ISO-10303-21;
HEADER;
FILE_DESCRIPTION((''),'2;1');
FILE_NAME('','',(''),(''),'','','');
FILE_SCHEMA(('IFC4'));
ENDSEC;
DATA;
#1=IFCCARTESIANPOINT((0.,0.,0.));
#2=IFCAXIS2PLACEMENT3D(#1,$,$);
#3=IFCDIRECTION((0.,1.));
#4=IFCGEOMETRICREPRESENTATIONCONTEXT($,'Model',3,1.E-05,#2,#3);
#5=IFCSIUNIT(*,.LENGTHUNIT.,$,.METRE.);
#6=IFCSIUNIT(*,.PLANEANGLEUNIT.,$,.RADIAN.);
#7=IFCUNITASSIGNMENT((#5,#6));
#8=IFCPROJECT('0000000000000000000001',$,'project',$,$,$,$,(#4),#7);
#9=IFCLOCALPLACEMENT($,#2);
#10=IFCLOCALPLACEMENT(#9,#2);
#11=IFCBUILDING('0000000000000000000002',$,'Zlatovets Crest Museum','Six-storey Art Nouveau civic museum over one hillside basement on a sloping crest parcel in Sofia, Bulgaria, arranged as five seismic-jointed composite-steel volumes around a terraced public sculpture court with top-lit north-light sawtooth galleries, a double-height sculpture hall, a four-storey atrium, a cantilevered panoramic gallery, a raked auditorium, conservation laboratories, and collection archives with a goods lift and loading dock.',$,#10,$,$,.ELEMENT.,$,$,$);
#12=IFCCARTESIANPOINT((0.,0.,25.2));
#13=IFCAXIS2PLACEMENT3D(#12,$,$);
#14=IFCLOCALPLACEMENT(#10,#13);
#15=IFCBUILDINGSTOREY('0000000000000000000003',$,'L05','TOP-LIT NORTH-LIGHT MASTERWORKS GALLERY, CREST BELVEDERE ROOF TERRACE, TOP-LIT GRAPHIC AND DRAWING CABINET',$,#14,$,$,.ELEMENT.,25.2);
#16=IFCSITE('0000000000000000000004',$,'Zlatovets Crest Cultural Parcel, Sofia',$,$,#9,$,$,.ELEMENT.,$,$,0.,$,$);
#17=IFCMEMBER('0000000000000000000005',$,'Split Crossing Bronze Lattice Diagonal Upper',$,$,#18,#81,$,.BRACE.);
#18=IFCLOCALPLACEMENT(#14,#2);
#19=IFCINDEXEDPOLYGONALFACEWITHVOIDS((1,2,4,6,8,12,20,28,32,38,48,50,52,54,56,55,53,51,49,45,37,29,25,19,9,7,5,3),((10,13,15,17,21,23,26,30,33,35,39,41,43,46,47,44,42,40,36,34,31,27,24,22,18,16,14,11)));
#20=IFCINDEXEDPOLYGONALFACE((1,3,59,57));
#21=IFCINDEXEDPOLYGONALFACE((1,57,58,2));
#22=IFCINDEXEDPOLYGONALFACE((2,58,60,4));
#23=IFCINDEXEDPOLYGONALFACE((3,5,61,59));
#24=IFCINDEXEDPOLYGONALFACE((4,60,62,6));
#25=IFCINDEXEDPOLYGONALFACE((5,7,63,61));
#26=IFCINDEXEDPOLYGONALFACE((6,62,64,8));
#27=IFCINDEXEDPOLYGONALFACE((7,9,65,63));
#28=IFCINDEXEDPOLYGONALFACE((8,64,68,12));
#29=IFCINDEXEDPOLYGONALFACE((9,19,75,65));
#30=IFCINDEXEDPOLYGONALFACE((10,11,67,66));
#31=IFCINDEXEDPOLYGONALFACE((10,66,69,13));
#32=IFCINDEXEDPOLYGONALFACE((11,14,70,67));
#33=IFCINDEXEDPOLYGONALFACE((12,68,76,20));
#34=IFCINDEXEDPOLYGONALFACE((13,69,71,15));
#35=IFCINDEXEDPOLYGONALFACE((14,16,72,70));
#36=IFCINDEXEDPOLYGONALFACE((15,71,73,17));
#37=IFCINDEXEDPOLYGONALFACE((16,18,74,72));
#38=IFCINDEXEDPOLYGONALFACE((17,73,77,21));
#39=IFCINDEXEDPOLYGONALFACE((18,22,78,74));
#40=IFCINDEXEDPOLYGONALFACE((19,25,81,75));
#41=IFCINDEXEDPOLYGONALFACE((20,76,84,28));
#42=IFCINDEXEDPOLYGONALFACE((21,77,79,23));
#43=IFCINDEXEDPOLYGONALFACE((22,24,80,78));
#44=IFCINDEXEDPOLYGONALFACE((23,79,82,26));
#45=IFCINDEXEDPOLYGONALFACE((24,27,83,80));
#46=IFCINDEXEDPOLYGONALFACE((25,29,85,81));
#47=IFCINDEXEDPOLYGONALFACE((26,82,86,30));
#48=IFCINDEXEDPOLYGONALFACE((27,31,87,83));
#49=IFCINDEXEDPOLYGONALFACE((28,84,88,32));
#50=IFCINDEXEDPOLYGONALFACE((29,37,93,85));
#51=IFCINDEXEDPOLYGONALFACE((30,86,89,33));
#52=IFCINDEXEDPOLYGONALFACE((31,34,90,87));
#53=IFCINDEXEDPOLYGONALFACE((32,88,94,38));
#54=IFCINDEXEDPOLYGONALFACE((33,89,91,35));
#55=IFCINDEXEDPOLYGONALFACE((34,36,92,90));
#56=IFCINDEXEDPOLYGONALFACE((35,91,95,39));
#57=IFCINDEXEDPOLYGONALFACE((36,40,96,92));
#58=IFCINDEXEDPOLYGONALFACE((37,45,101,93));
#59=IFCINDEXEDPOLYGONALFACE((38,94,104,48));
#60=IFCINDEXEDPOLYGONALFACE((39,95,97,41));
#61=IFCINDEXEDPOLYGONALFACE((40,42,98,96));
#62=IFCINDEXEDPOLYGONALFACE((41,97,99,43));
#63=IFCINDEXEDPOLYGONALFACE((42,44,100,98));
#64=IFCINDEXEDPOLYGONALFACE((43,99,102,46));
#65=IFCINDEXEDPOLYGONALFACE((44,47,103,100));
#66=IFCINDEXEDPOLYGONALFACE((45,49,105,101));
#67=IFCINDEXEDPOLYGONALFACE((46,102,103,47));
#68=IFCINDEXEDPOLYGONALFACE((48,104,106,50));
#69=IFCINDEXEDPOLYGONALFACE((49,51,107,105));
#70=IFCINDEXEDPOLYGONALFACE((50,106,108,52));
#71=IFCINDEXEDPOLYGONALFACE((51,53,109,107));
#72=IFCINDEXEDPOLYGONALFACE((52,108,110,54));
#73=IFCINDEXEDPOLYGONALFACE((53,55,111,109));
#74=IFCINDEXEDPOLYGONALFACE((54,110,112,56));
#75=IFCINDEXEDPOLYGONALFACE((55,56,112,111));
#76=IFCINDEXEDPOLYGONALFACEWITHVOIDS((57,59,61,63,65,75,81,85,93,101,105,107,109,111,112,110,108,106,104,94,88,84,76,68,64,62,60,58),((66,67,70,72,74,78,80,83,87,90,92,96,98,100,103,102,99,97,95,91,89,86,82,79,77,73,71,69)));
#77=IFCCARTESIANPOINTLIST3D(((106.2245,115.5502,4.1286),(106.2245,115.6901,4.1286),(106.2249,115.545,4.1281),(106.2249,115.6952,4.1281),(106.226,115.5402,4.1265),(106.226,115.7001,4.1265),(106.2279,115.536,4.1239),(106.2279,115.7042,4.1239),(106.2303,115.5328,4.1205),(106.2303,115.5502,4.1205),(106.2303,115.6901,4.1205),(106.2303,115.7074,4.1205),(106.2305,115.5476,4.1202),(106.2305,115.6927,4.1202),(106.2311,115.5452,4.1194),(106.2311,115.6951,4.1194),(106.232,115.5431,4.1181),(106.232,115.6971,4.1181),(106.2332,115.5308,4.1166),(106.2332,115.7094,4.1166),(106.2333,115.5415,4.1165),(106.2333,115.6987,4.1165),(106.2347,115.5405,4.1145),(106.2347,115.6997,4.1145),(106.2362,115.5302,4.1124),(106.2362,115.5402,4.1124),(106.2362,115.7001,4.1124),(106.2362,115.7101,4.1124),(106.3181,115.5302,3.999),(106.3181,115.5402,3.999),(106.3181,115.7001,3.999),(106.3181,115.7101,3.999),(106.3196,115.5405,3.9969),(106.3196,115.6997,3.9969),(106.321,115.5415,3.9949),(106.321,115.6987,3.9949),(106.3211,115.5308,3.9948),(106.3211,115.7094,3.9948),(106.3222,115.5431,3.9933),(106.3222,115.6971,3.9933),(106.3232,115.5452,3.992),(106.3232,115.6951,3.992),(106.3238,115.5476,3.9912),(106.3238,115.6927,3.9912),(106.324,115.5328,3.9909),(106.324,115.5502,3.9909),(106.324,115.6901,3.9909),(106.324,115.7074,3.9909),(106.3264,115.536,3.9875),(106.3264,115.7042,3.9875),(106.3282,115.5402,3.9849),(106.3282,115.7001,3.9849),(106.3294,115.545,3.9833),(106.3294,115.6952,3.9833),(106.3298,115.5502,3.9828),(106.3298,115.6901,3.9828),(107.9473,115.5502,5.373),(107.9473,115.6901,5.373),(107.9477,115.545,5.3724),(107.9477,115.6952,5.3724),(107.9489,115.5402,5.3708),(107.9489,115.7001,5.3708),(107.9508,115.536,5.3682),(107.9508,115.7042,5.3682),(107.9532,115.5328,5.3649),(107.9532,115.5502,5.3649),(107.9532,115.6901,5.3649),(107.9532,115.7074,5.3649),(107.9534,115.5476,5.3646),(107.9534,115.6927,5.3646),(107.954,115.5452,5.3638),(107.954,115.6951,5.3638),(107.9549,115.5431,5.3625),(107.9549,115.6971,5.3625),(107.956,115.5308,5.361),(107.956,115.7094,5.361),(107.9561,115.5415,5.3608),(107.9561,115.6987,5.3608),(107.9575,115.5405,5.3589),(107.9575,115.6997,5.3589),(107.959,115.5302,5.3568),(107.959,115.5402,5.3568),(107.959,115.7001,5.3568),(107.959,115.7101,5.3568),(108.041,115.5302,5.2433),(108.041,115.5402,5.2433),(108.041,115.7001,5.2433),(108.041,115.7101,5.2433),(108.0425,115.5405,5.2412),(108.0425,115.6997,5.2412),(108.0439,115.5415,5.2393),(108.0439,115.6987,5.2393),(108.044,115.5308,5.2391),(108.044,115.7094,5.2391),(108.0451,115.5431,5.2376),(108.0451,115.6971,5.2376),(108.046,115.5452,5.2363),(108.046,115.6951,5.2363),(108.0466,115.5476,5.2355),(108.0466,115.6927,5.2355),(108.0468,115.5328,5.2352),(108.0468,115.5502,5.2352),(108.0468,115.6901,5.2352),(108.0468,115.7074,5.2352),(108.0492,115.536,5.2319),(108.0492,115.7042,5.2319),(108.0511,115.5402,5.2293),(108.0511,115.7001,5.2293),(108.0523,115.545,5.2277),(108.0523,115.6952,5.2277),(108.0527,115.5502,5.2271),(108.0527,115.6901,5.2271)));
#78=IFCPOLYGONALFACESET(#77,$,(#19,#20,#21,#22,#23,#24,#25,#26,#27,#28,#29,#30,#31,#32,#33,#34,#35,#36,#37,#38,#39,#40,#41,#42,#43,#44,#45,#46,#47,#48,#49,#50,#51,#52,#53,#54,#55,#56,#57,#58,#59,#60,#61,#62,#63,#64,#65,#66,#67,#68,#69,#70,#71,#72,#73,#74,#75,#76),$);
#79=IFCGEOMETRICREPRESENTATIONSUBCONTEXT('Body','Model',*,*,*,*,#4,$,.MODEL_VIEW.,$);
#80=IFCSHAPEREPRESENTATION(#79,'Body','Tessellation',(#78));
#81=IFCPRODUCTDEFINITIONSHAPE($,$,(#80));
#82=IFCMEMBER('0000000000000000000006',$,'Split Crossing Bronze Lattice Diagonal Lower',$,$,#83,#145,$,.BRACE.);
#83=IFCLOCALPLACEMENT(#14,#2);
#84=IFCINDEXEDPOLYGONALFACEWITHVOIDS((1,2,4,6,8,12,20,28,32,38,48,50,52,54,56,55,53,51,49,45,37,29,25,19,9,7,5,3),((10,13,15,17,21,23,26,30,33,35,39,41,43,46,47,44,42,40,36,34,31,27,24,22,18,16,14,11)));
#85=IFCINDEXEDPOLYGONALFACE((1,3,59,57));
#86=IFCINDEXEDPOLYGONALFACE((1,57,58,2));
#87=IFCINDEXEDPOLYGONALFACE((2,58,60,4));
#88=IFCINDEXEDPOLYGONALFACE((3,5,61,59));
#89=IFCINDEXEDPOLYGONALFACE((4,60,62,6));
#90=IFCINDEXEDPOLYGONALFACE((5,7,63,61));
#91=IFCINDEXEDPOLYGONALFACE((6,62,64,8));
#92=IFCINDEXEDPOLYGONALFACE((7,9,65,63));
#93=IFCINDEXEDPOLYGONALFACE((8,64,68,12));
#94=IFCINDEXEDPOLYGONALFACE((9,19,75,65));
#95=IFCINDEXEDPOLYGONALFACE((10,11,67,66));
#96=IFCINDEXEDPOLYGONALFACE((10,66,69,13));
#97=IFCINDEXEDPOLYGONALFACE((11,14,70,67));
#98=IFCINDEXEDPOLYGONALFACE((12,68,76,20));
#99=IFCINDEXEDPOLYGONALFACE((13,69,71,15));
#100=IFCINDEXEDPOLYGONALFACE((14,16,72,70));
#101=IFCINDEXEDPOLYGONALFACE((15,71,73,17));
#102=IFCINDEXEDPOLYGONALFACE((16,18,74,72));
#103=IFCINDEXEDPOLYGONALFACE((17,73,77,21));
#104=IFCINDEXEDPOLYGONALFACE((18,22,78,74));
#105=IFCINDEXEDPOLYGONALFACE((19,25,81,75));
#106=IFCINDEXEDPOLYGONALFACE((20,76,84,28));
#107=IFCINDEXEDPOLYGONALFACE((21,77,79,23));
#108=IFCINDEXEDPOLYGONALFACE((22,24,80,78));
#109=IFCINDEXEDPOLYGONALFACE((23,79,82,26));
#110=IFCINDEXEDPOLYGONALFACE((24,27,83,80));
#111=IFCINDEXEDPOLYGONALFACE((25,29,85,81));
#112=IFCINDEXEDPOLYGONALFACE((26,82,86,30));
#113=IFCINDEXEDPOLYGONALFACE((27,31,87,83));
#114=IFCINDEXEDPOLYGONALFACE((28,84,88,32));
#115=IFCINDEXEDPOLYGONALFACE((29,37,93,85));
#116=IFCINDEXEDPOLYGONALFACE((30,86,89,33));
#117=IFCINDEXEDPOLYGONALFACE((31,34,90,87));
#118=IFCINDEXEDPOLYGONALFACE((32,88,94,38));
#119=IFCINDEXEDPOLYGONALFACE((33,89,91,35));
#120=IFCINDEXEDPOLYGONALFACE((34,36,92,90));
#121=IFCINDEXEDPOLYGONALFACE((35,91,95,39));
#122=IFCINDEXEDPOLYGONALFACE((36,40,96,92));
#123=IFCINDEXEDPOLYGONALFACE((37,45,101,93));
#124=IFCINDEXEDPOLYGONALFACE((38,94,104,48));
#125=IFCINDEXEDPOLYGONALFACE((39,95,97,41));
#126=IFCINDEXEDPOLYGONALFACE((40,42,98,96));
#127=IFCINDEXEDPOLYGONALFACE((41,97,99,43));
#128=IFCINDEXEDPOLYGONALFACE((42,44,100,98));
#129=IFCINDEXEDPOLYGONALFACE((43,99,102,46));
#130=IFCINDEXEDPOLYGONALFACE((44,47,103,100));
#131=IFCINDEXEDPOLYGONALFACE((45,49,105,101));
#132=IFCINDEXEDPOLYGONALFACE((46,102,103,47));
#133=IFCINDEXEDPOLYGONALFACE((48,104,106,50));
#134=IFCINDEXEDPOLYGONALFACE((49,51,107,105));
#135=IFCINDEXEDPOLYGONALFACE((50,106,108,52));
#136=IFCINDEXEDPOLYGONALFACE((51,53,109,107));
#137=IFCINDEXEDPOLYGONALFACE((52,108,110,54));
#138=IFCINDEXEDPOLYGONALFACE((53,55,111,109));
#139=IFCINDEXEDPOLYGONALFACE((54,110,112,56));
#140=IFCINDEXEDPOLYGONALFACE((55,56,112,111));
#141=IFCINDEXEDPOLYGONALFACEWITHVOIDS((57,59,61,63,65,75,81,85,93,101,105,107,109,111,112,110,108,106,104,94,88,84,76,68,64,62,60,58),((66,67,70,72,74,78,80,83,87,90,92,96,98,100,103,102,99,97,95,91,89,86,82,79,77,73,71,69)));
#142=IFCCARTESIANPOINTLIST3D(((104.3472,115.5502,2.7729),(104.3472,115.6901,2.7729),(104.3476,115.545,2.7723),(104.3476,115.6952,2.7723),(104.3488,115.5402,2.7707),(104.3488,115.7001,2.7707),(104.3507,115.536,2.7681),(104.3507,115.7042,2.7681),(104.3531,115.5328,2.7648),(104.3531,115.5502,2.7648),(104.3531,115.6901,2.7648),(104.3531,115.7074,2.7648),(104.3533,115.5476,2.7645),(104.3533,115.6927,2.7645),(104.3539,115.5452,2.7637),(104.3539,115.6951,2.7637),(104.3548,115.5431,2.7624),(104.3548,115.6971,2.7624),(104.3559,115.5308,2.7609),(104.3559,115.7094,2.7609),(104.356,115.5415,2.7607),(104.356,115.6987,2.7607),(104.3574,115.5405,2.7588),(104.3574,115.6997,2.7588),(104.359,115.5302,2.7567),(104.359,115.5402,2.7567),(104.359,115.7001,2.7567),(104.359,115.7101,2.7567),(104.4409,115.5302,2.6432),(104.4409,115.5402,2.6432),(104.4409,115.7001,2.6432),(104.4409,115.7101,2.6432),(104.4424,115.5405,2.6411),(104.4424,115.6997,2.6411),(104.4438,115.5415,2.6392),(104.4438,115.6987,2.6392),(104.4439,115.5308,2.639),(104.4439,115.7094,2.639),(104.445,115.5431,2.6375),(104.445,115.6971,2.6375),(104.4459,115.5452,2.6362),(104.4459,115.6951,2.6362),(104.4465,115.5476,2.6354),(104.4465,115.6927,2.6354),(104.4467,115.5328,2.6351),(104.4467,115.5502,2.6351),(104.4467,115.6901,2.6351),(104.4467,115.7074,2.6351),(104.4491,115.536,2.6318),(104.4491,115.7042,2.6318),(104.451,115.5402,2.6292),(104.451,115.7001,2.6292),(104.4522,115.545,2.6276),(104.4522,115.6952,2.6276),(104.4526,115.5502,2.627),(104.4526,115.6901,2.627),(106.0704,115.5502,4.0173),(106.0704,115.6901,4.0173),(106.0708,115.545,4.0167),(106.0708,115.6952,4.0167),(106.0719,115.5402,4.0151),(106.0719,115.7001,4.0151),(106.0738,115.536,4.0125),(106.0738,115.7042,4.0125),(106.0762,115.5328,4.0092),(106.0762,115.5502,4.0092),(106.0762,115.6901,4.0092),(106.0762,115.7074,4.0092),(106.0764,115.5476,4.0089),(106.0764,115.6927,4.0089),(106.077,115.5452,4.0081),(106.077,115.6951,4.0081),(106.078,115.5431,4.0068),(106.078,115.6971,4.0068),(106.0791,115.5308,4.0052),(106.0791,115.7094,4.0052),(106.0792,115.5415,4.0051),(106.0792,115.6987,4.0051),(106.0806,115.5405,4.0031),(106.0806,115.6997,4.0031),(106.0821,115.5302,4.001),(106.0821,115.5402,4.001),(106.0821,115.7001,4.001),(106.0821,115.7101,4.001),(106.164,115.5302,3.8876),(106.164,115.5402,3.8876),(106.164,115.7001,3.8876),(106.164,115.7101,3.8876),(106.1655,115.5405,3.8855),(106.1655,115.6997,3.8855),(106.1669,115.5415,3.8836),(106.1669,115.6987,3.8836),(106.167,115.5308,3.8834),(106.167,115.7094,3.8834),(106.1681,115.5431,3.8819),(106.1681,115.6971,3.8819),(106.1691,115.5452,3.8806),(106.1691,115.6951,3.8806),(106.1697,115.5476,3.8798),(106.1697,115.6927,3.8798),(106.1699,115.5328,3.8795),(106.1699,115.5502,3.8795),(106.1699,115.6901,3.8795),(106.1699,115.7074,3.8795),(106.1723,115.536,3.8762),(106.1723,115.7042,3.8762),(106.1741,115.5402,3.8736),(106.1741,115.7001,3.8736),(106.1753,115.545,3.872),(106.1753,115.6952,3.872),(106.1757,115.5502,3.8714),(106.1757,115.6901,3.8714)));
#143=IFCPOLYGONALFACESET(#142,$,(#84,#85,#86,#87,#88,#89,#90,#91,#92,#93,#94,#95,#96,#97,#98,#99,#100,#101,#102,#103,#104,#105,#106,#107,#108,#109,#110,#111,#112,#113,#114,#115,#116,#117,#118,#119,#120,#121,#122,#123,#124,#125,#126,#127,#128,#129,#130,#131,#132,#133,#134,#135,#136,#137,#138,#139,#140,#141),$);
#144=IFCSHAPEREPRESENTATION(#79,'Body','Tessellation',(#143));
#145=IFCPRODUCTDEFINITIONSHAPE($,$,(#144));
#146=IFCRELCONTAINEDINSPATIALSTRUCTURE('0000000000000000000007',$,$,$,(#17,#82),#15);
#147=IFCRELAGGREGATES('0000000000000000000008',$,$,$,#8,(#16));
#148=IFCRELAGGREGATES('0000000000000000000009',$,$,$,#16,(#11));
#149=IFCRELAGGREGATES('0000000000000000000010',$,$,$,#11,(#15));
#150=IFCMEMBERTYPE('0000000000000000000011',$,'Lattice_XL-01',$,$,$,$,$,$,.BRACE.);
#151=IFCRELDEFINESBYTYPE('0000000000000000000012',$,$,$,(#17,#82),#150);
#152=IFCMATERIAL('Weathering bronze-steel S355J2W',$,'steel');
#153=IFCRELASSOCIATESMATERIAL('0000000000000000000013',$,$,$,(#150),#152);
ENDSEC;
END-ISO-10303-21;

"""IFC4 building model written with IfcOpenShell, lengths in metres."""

from ifc_helpers import new_model, si_unit, direction, frame, origin, origin_2d, place, context, subcontext, project, spatial, hollow_rectangle, extrude, material, material_profile, profile_set, type_object, element, save


model = new_model("IFC4")

# Units and contexts
model_context = context("Model", 3, precision=1e-05, world=origin(), true_north=direction((0.0, 1.0)))
body_context = subcontext(model_context, "Body", "Model", "MODEL_VIEW")
ifc_project = project(units=[si_unit("LENGTHUNIT", "METRE"), si_unit("PLANEANGLEUNIT", "RADIAN")], contexts=[model_context])

# Site, building, storey
site_placement = place(None, origin())
site = spatial("IfcSite", under=ifc_project, at=site_placement, Name="Zlatovets Crest Cultural Parcel, Sofia", CompositionType="ELEMENT", RefElevation=0.0)
building_placement = place(site_placement, origin())
building = spatial("IfcBuilding", under=site, at=building_placement, Name="Zlatovets Crest Museum", Description="Six-storey Art Nouveau civic museum over one hillside basement on a sloping crest parcel in Sofia, Bulgaria, arranged as five seismic-jointed composite-steel volumes around a terraced public sculpture court with top-lit north-light sawtooth galleries, a double-height sculpture hall, a four-storey atrium, a cantilevered panoramic gallery, a raked auditorium, conservation laboratories, and collection archives with a goods lift and loading dock.", CompositionType="ELEMENT")
storey_placement = place(building_placement, frame((0.0, 0.0, 25.2)))
storey = spatial("IfcBuildingStorey", under=building, at=storey_placement, Name="L05", Description="TOP-LIT NORTH-LIGHT MASTERWORKS GALLERY, CREST BELVEDERE ROOF TERRACE, TOP-LIT GRAPHIC AND DRAWING CABINET", CompositionType="ELEMENT", Elevation=25.2)

# Members
ifc_material_1 = material(Name="Weathering bronze-steel S355J2W", Category="steel")
ifc_material_profile_1 = material_profile(ifc_material_1, hollow_rectangle(XDim=0.1799, YDim=0.1799, WallThickness=0.01, InnerFilletRadius=0.01, OuterFilletRadius=0.02, at=origin_2d()), Name="SHS 180x180x10.0")
ifc_profile_set_1 = profile_set([ifc_material_profile_1], Name="Weathering bronze-steel S355J2W")
member_type_1 = type_object("IfcMemberType", Name="Lattice_XL-01", PredefinedType="BRACE", material=ifc_profile_set_1)
member_1_placement = place(storey_placement, frame((108.0, 115.6201, 5.3), z_axis=(-0.810664, 0.0, -0.585512), x_axis=(0.0, -1.0, 0.0)))
element("IfcMember", 1, at=member_1_placement, inside=storey, type_object=member_type_1, Name="Split Crossing Bronze Lattice Diagonal Upper", PredefinedType="BRACE", context=body_context, shape_type="SweptSolid", body=[
    extrude(hollow_rectangle(XDim=0.1799, YDim=0.1799, WallThickness=0.01, InnerFilletRadius=0.01, OuterFilletRadius=0.02, at=origin_2d()), origin(), (0.0, 0.0, 1.0), 2.1252),
])
member_2_placement = place(storey_placement, frame((106.123, 115.6201, 3.9443), z_axis=(-0.810703, 0.0, -0.585457), x_axis=(0.0, -1.0, 0.0)))
element("IfcMember", 2, at=member_2_placement, inside=storey, type_object=member_type_1, Name="Split Crossing Bronze Lattice Diagonal Lower", PredefinedType="BRACE", context=body_context, shape_type="SweptSolid", body=[
    extrude(hollow_rectangle(XDim=0.1799, YDim=0.1799, WallThickness=0.01, InnerFilletRadius=0.01, OuterFilletRadius=0.02, at=origin_2d()), origin(), (0.0, 0.0, 1.0), 2.1255),
])

save(model, "model.ifc")
